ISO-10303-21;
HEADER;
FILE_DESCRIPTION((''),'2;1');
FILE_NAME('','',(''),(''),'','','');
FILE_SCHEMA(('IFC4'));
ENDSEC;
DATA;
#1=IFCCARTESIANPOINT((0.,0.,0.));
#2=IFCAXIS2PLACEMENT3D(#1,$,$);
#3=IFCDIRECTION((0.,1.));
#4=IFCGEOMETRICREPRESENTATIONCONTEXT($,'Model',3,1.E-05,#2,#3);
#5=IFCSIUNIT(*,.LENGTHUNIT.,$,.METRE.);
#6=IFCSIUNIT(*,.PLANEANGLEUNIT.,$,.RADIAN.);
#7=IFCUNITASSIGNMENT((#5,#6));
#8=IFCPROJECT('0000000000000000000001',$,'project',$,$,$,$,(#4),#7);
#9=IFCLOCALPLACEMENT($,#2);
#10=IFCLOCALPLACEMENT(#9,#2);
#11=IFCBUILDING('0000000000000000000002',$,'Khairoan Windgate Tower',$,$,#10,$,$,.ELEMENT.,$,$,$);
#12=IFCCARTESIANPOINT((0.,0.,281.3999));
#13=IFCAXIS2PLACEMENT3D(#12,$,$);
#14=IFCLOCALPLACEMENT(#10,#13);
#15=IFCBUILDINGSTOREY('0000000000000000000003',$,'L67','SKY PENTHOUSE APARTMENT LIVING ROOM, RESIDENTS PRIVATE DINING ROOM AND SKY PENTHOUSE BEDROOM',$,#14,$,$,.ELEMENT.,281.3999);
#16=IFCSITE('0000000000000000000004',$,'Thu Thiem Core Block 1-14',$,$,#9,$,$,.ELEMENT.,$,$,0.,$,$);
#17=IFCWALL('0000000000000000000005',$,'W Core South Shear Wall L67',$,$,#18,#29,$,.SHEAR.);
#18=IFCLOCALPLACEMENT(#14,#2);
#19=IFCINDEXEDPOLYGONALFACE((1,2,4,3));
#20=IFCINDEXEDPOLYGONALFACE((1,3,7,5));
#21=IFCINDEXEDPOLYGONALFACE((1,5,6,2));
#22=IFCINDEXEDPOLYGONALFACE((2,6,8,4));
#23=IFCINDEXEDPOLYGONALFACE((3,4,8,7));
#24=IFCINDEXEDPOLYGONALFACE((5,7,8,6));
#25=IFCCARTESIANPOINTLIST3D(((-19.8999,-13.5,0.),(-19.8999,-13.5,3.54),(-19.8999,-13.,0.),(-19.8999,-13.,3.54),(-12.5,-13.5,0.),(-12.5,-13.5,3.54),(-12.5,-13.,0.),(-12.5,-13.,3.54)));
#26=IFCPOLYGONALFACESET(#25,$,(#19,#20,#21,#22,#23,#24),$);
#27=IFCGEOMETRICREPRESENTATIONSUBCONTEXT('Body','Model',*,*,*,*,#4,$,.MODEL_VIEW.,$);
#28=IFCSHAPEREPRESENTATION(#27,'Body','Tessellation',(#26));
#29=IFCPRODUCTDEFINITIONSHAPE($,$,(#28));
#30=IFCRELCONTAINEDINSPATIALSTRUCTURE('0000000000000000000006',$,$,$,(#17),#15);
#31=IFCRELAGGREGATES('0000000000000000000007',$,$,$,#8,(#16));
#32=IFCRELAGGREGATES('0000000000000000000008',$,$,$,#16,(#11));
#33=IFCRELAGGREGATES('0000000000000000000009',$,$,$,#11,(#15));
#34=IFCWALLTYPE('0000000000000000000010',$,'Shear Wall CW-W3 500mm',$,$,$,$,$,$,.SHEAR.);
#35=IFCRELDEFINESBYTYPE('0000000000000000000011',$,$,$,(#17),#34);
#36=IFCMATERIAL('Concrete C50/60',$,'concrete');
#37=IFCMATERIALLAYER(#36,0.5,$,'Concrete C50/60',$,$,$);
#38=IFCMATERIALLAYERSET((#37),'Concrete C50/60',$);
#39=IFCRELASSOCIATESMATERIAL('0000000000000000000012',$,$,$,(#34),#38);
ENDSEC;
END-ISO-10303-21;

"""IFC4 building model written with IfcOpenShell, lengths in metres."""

from ifc_helpers import new_model, si_unit, direction, frame, frame_2d, origin, place, context, subcontext, project, spatial, rectangle, extrude, material, layer, layer_set, type_object, element, save


model = new_model("IFC4")

# Units and contexts
model_context = context("Model", 3, precision=1e-05, world=origin(), true_north=direction((0.0, 1.0)))
body_context = subcontext(model_context, "Body", "Model", "MODEL_VIEW")
ifc_project = project(units=[si_unit("LENGTHUNIT", "METRE"), si_unit("PLANEANGLEUNIT", "RADIAN")], contexts=[model_context])

# Site, building, storey
site_placement = place(None, origin())
site = spatial("IfcSite", under=ifc_project, at=site_placement, Name="Thu Thiem Core Block 1-14", CompositionType="ELEMENT", RefElevation=0.0)
building_placement = place(site_placement, origin())
building = spatial("IfcBuilding", under=site, at=building_placement, Name="Khairoan Windgate Tower", CompositionType="ELEMENT")
storey_placement = place(building_placement, frame((0.0, 0.0, 281.3999)))
storey = spatial("IfcBuildingStorey", under=building, at=storey_placement, Name="L67", Description="SKY PENTHOUSE APARTMENT LIVING ROOM, RESIDENTS PRIVATE DINING ROOM AND SKY PENTHOUSE BEDROOM", CompositionType="ELEMENT", Elevation=281.3999)

# Wall
ifc_material_1 = material(Name="Concrete C50/60", Category="concrete")
ifc_layer_1 = layer(ifc_material_1, 0.5, Name="Concrete C50/60")
ifc_layer_set_1 = layer_set([ifc_layer_1], Name="Concrete C50/60")
wall_type_1 = type_object("IfcWallType", Name="Shear Wall CW-W3 500mm", PredefinedType="SHEAR", material=ifc_layer_set_1)
wall_1_placement = place(storey_placement, frame((-19.8999, -13.25, 0.0), z_axis=(0.0, 0.0, 1.0), x_axis=(1.0, 0.0, 0.0)))
element("IfcWall", 1, at=wall_1_placement, inside=storey, type_object=wall_type_1, Name="W Core South Shear Wall L67", PredefinedType="SHEAR", context=body_context, shape_type="SweptSolid", body=[
    extrude(rectangle(XDim=7.3999, YDim=0.5, at=frame_2d((3.7, 0.0))), origin(), (0.0, 0.0, 1.0), 3.54),
])

save(model, "model.ifc")
